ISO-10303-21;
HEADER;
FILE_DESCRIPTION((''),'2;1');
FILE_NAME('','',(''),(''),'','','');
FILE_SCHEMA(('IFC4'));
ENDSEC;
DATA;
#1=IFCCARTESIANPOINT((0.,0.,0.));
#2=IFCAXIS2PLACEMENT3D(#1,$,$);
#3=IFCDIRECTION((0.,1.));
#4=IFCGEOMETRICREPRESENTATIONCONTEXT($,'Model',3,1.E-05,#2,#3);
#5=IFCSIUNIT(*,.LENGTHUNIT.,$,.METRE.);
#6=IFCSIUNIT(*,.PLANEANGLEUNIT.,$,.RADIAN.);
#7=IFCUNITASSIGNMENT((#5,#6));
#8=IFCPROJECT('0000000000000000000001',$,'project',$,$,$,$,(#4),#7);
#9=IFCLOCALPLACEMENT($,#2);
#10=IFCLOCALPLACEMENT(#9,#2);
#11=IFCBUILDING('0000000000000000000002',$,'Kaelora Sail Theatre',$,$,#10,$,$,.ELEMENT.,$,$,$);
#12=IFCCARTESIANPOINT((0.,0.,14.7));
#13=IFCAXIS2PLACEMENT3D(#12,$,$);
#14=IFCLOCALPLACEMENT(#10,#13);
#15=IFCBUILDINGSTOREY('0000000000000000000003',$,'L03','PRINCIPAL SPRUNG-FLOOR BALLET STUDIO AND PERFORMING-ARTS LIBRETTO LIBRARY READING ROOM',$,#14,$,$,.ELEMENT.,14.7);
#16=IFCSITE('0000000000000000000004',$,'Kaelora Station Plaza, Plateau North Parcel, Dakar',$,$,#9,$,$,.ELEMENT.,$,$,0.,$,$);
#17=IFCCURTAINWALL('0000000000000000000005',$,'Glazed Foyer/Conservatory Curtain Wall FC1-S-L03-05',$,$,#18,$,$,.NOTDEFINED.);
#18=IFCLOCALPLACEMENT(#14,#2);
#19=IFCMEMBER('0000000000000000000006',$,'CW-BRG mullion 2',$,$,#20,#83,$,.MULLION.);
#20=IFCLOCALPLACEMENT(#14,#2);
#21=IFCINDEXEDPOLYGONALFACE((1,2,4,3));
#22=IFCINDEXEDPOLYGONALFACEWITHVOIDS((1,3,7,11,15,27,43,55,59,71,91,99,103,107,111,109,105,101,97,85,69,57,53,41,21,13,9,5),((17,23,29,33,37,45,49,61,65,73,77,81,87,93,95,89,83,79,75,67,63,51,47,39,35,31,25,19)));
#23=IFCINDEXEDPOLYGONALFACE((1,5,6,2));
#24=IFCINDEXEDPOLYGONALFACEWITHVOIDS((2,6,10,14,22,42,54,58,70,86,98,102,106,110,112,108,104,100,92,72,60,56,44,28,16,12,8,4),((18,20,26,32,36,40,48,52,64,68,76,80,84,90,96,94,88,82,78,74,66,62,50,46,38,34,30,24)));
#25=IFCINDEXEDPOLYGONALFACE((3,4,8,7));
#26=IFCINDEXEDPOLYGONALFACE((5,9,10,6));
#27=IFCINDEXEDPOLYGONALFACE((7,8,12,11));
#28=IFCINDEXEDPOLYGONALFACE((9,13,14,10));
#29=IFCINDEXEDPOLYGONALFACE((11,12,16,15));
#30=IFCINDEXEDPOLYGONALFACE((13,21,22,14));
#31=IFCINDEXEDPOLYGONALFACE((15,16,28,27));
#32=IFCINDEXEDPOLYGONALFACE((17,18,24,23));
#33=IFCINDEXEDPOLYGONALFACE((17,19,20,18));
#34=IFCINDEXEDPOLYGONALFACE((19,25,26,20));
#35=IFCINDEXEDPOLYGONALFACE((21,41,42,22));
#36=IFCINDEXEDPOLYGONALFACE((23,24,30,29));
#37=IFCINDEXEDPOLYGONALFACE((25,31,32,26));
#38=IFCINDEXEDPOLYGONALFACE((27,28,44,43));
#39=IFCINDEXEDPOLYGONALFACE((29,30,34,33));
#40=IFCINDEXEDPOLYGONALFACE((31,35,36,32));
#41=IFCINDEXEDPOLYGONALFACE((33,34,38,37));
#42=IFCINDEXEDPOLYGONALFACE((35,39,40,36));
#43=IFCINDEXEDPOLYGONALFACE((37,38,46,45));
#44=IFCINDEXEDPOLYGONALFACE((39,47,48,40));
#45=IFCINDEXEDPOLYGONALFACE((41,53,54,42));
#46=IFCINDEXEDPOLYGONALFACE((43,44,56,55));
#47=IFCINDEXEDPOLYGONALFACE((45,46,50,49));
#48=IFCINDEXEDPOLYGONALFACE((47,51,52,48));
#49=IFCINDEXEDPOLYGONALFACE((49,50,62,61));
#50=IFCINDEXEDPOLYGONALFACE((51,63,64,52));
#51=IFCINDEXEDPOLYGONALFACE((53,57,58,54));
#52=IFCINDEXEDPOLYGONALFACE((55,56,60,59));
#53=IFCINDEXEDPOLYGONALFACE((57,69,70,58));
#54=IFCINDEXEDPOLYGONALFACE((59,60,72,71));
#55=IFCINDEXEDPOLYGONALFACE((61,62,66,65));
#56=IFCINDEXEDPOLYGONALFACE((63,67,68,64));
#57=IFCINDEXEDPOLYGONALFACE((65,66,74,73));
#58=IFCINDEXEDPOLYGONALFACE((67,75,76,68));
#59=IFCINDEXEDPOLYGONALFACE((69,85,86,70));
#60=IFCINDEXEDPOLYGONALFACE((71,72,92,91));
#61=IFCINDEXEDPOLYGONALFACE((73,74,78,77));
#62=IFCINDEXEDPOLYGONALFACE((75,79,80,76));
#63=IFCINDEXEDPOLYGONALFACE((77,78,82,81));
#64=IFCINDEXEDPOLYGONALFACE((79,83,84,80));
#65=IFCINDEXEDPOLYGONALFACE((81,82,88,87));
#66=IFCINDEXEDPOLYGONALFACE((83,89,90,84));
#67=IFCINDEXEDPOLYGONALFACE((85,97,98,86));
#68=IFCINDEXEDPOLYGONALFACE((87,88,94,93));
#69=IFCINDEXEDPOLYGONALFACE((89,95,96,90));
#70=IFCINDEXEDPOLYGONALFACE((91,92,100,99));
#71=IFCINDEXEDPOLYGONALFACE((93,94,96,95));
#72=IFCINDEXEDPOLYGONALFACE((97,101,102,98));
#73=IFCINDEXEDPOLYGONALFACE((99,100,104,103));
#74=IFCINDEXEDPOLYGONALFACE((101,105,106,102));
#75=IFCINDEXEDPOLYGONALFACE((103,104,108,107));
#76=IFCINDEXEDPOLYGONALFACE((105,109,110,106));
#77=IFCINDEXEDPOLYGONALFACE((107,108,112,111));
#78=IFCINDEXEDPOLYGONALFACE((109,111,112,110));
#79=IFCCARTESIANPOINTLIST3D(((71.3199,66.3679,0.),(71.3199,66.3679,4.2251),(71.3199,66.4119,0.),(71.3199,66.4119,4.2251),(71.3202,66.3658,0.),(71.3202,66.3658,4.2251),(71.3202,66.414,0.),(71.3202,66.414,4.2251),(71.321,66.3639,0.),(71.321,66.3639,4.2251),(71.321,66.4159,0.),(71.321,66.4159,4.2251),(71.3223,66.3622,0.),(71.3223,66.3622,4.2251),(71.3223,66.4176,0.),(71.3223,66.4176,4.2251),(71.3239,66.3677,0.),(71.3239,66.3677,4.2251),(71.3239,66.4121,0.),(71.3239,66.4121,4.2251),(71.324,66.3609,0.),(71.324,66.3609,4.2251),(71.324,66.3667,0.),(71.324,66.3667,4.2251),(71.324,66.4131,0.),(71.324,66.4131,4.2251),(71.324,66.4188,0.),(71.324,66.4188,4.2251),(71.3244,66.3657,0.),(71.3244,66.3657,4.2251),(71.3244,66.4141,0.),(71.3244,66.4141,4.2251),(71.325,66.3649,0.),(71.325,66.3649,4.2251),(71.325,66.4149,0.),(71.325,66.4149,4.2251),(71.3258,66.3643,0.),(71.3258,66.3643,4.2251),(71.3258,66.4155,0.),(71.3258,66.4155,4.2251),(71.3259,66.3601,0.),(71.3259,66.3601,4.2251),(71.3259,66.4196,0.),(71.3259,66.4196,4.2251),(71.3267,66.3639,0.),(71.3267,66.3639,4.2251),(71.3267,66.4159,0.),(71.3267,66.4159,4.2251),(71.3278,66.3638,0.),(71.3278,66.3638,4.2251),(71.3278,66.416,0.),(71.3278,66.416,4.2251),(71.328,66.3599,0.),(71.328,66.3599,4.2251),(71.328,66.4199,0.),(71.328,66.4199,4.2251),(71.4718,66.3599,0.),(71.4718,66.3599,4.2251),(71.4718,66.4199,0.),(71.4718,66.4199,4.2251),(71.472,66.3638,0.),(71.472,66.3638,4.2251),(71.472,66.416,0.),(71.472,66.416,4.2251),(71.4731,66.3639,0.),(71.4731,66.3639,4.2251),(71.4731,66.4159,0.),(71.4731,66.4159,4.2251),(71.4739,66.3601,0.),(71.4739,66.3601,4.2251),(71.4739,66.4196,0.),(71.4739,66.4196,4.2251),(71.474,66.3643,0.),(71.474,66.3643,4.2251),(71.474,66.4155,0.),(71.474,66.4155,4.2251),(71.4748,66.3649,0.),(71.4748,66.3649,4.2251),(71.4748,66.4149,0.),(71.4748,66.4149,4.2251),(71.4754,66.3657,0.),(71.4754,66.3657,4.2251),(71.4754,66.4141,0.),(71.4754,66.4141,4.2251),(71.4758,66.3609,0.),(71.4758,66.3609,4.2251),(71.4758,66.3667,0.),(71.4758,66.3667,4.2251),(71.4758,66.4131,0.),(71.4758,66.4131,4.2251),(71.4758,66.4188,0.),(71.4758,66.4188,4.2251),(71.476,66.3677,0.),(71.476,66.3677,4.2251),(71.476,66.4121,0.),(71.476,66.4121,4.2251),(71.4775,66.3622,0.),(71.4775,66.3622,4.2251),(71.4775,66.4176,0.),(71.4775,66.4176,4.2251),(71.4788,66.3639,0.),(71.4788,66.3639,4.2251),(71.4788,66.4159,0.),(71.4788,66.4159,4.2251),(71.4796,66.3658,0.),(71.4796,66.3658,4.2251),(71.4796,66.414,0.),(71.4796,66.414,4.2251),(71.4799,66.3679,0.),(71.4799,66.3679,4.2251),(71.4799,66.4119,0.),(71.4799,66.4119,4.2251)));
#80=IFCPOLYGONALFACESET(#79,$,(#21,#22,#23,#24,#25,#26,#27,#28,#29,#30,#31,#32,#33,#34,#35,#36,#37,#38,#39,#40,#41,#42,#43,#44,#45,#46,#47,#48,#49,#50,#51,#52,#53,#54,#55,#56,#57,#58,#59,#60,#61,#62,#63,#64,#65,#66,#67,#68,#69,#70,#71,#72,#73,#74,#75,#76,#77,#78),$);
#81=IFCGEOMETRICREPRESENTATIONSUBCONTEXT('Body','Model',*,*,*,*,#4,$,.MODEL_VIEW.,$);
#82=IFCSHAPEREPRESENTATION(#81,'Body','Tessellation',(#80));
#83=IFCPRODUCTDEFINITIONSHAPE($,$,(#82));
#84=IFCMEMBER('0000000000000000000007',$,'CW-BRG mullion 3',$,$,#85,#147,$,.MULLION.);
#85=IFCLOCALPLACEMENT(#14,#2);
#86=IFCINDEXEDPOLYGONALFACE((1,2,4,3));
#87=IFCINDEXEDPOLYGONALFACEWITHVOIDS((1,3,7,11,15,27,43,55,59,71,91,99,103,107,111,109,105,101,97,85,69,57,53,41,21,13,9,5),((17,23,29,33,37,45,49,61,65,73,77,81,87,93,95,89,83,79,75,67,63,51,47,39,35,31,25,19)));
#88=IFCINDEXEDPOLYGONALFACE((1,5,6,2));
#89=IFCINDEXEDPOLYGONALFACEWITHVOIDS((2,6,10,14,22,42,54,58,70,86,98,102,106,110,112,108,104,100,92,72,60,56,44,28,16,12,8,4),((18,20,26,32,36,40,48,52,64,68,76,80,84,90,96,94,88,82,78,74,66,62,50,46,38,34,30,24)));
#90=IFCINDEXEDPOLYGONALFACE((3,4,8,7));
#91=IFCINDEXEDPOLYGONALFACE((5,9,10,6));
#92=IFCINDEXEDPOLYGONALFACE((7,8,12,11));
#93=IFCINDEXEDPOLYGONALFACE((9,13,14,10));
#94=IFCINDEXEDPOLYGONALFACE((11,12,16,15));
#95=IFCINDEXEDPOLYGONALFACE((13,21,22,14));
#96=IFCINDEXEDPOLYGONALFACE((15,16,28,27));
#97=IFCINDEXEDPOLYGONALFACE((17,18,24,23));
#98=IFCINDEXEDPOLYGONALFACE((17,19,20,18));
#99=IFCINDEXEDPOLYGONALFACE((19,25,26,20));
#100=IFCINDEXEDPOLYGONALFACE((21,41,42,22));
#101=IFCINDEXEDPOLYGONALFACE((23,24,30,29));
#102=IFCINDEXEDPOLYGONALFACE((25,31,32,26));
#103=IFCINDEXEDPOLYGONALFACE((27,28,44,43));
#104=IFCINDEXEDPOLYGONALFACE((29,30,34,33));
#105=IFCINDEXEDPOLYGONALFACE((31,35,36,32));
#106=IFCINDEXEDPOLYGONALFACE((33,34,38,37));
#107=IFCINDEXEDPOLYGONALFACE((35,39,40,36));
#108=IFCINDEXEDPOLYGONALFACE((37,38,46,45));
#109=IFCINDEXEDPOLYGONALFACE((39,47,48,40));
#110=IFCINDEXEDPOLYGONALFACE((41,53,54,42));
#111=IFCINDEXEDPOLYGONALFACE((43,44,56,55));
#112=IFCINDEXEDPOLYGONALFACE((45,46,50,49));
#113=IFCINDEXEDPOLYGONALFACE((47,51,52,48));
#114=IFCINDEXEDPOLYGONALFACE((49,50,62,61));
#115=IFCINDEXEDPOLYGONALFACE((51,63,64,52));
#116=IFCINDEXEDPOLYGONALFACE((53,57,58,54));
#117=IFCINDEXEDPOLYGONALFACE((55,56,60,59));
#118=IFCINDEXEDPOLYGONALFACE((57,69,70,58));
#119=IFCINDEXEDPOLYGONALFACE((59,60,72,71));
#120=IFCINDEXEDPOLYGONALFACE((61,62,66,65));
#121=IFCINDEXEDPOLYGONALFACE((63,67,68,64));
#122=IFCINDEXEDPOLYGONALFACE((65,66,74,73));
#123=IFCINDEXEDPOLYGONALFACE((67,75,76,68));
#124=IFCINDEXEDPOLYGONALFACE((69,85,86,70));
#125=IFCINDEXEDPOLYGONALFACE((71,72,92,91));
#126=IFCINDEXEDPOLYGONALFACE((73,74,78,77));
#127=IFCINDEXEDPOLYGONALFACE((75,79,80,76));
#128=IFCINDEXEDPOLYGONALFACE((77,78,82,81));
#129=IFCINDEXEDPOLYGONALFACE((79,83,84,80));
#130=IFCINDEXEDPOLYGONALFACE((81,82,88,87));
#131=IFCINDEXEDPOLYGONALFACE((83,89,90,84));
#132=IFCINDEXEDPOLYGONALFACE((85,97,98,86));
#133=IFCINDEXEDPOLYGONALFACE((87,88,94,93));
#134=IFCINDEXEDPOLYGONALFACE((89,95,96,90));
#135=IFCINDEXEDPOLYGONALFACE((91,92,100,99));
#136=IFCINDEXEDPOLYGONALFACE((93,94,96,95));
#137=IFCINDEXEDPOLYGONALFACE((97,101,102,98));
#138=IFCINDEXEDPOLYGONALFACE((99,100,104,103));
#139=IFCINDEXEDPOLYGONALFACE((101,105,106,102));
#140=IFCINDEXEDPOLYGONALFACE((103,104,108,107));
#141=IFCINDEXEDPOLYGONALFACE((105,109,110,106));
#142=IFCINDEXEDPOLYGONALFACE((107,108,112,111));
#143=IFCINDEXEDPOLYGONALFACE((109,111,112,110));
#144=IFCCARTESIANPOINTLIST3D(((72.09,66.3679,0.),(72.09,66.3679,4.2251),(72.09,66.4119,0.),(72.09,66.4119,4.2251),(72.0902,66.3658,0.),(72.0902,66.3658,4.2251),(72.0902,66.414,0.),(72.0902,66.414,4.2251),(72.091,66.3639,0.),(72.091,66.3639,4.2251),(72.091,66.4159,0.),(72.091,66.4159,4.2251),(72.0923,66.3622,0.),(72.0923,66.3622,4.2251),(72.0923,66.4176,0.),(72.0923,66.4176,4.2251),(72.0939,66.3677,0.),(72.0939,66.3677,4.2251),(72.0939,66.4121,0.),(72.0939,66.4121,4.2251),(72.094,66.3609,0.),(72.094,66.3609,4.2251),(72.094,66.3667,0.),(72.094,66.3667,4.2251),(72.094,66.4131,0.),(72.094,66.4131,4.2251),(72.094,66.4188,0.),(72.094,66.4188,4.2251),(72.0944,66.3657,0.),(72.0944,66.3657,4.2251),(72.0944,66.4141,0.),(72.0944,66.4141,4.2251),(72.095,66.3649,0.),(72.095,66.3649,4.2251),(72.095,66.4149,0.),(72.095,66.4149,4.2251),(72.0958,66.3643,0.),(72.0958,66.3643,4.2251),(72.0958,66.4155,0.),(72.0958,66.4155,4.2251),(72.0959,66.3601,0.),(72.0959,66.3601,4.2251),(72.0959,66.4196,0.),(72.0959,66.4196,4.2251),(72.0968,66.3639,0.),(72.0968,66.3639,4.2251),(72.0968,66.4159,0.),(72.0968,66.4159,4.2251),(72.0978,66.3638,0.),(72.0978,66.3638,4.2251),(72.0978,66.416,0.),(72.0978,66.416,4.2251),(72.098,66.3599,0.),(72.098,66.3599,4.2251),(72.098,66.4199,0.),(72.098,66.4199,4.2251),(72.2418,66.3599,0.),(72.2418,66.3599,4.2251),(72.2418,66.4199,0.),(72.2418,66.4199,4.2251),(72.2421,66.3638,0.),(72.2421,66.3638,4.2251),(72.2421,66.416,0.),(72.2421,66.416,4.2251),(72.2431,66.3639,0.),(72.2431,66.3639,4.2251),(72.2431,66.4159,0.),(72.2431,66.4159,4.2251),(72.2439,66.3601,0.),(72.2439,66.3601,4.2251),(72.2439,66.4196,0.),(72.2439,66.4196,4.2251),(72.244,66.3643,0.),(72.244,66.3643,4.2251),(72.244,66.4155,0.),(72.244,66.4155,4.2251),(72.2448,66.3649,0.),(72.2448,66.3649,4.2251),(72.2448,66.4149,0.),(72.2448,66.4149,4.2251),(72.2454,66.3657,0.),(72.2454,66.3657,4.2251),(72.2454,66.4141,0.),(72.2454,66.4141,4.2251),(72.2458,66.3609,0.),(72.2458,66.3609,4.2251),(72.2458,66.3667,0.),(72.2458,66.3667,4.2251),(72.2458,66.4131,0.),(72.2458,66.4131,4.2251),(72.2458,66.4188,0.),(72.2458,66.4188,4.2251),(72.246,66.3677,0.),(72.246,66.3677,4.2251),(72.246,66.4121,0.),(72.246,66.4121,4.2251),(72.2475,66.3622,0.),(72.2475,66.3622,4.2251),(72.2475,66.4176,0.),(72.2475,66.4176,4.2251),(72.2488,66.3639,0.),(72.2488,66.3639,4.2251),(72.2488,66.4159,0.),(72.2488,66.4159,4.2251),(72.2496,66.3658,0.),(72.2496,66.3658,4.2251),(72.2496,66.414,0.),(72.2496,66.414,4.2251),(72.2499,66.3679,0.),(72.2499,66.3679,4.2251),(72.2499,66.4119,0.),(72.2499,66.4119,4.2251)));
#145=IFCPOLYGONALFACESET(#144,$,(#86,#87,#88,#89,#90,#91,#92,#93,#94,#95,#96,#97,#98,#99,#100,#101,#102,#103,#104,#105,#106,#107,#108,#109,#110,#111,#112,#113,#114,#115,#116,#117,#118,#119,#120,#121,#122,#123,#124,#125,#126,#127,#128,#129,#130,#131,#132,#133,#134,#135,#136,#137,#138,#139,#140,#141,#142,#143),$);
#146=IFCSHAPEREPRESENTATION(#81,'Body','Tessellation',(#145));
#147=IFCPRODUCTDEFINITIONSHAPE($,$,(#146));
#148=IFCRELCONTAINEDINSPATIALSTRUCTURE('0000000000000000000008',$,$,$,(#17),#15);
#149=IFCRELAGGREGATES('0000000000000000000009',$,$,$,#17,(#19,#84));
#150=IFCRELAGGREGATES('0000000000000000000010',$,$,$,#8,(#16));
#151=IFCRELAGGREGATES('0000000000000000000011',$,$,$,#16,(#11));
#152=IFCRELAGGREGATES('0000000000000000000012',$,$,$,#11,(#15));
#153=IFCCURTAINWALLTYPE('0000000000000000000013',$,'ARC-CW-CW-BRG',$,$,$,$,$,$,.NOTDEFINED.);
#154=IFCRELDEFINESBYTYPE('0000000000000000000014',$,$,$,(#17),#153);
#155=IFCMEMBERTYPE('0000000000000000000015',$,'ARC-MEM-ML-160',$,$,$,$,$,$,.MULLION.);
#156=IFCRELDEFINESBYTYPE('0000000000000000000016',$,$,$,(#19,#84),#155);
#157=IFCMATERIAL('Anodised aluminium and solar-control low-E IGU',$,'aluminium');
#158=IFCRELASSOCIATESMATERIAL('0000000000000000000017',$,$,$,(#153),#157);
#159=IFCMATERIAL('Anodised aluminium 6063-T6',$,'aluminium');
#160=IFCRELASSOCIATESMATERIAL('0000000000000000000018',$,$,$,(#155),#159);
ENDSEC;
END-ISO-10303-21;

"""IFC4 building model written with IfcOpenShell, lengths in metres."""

from ifc_helpers import new_model, si_unit, direction, frame, origin, origin_2d, place, context, subcontext, project, spatial, hollow_rectangle, extrude, material, material_profile, profile_set, type_object, element, aggregate, save


model = new_model("IFC4")

# Units and contexts
model_context = context("Model", 3, precision=1e-05, world=origin(), true_north=direction((0.0, 1.0)))
body_context = subcontext(model_context, "Body", "Model", "MODEL_VIEW")
ifc_project = project(units=[si_unit("LENGTHUNIT", "METRE"), si_unit("PLANEANGLEUNIT", "RADIAN")], contexts=[model_context])

# Site, building, storey
site_placement = place(None, origin())
site = spatial("IfcSite", under=ifc_project, at=site_placement, Name="Kaelora Station Plaza, Plateau North Parcel, Dakar", CompositionType="ELEMENT", RefElevation=0.0)
building_placement = place(site_placement, origin())
building = spatial("IfcBuilding", under=site, at=building_placement, Name="Kaelora Sail Theatre", CompositionType="ELEMENT")
storey_placement = place(building_placement, frame((0.0, 0.0, 14.7)))
storey = spatial("IfcBuildingStorey", under=building, at=storey_placement, Name="L03", Description="PRINCIPAL SPRUNG-FLOOR BALLET STUDIO AND PERFORMING-ARTS LIBRETTO LIBRARY READING ROOM", CompositionType="ELEMENT", Elevation=14.7)

# Curtain wall, members
ifc_material_1 = material(Name="Anodised aluminium and solar-control low-E IGU", Category="aluminium")
curtain_wall_type = type_object("IfcCurtainWallType", Name="ARC-CW-CW-BRG", PredefinedType="NOTDEFINED", material=ifc_material_1)
curtain_wall_1_placement = place(storey_placement, origin())
curtain_wall_1 = element("IfcCurtainWall", 1, at=curtain_wall_1_placement, inside=storey, type_object=curtain_wall_type, Name="Glazed Foyer/Conservatory Curtain Wall FC1-S-L03-05", PredefinedType="NOTDEFINED")
ifc_material_2 = material(Name="Anodised aluminium 6063-T6", Category="aluminium")
ifc_material_profile_1 = material_profile(ifc_material_2, hollow_rectangle(XDim=0.0601, YDim=0.1599, WallThickness=0.0039, InnerFilletRadius=0.0039, OuterFilletRadius=0.0081, at=origin_2d()), Name="ALU-MULL 60x160x4")
ifc_profile_set_1 = profile_set([ifc_material_profile_1], Name="Anodised aluminium 6063-T6")
member_type_1 = type_object("IfcMemberType", Name="ARC-MEM-ML-160", PredefinedType="MULLION", material=ifc_profile_set_1)
member_1_placement = place(storey_placement, frame((71.3999, 66.3899, 0.0), z_axis=(0.0, 0.0, 1.0), x_axis=(0.0, 1.0, 0.0)))
member_1 = element("IfcMember", 2, at=member_1_placement, type_object=member_type_1, Name="CW-BRG mullion 2", PredefinedType="MULLION", context=body_context, shape_type="SweptSolid", body=[
    extrude(hollow_rectangle(XDim=0.0601, YDim=0.1599, WallThickness=0.0039, InnerFilletRadius=0.0039, OuterFilletRadius=0.0081, at=origin_2d()), origin(), (0.0, 0.0, 1.0), 4.2251),
])
member_2_placement = place(storey_placement, frame((72.1699, 66.3899, 0.0), z_axis=(0.0, 0.0, 1.0), x_axis=(0.0, 1.0, 0.0)))
member_2 = element("IfcMember", 3, at=member_2_placement, type_object=member_type_1, Name="CW-BRG mullion 3", PredefinedType="MULLION", context=body_context, shape_type="SweptSolid", body=[
    extrude(hollow_rectangle(XDim=0.0601, YDim=0.1599, WallThickness=0.0039, InnerFilletRadius=0.0039, OuterFilletRadius=0.0081, at=origin_2d()), origin(), (0.0, 0.0, 1.0), 4.2251),
])

aggregate(curtain_wall_1, [member_1, member_2])

save(model, "model.ifc")
